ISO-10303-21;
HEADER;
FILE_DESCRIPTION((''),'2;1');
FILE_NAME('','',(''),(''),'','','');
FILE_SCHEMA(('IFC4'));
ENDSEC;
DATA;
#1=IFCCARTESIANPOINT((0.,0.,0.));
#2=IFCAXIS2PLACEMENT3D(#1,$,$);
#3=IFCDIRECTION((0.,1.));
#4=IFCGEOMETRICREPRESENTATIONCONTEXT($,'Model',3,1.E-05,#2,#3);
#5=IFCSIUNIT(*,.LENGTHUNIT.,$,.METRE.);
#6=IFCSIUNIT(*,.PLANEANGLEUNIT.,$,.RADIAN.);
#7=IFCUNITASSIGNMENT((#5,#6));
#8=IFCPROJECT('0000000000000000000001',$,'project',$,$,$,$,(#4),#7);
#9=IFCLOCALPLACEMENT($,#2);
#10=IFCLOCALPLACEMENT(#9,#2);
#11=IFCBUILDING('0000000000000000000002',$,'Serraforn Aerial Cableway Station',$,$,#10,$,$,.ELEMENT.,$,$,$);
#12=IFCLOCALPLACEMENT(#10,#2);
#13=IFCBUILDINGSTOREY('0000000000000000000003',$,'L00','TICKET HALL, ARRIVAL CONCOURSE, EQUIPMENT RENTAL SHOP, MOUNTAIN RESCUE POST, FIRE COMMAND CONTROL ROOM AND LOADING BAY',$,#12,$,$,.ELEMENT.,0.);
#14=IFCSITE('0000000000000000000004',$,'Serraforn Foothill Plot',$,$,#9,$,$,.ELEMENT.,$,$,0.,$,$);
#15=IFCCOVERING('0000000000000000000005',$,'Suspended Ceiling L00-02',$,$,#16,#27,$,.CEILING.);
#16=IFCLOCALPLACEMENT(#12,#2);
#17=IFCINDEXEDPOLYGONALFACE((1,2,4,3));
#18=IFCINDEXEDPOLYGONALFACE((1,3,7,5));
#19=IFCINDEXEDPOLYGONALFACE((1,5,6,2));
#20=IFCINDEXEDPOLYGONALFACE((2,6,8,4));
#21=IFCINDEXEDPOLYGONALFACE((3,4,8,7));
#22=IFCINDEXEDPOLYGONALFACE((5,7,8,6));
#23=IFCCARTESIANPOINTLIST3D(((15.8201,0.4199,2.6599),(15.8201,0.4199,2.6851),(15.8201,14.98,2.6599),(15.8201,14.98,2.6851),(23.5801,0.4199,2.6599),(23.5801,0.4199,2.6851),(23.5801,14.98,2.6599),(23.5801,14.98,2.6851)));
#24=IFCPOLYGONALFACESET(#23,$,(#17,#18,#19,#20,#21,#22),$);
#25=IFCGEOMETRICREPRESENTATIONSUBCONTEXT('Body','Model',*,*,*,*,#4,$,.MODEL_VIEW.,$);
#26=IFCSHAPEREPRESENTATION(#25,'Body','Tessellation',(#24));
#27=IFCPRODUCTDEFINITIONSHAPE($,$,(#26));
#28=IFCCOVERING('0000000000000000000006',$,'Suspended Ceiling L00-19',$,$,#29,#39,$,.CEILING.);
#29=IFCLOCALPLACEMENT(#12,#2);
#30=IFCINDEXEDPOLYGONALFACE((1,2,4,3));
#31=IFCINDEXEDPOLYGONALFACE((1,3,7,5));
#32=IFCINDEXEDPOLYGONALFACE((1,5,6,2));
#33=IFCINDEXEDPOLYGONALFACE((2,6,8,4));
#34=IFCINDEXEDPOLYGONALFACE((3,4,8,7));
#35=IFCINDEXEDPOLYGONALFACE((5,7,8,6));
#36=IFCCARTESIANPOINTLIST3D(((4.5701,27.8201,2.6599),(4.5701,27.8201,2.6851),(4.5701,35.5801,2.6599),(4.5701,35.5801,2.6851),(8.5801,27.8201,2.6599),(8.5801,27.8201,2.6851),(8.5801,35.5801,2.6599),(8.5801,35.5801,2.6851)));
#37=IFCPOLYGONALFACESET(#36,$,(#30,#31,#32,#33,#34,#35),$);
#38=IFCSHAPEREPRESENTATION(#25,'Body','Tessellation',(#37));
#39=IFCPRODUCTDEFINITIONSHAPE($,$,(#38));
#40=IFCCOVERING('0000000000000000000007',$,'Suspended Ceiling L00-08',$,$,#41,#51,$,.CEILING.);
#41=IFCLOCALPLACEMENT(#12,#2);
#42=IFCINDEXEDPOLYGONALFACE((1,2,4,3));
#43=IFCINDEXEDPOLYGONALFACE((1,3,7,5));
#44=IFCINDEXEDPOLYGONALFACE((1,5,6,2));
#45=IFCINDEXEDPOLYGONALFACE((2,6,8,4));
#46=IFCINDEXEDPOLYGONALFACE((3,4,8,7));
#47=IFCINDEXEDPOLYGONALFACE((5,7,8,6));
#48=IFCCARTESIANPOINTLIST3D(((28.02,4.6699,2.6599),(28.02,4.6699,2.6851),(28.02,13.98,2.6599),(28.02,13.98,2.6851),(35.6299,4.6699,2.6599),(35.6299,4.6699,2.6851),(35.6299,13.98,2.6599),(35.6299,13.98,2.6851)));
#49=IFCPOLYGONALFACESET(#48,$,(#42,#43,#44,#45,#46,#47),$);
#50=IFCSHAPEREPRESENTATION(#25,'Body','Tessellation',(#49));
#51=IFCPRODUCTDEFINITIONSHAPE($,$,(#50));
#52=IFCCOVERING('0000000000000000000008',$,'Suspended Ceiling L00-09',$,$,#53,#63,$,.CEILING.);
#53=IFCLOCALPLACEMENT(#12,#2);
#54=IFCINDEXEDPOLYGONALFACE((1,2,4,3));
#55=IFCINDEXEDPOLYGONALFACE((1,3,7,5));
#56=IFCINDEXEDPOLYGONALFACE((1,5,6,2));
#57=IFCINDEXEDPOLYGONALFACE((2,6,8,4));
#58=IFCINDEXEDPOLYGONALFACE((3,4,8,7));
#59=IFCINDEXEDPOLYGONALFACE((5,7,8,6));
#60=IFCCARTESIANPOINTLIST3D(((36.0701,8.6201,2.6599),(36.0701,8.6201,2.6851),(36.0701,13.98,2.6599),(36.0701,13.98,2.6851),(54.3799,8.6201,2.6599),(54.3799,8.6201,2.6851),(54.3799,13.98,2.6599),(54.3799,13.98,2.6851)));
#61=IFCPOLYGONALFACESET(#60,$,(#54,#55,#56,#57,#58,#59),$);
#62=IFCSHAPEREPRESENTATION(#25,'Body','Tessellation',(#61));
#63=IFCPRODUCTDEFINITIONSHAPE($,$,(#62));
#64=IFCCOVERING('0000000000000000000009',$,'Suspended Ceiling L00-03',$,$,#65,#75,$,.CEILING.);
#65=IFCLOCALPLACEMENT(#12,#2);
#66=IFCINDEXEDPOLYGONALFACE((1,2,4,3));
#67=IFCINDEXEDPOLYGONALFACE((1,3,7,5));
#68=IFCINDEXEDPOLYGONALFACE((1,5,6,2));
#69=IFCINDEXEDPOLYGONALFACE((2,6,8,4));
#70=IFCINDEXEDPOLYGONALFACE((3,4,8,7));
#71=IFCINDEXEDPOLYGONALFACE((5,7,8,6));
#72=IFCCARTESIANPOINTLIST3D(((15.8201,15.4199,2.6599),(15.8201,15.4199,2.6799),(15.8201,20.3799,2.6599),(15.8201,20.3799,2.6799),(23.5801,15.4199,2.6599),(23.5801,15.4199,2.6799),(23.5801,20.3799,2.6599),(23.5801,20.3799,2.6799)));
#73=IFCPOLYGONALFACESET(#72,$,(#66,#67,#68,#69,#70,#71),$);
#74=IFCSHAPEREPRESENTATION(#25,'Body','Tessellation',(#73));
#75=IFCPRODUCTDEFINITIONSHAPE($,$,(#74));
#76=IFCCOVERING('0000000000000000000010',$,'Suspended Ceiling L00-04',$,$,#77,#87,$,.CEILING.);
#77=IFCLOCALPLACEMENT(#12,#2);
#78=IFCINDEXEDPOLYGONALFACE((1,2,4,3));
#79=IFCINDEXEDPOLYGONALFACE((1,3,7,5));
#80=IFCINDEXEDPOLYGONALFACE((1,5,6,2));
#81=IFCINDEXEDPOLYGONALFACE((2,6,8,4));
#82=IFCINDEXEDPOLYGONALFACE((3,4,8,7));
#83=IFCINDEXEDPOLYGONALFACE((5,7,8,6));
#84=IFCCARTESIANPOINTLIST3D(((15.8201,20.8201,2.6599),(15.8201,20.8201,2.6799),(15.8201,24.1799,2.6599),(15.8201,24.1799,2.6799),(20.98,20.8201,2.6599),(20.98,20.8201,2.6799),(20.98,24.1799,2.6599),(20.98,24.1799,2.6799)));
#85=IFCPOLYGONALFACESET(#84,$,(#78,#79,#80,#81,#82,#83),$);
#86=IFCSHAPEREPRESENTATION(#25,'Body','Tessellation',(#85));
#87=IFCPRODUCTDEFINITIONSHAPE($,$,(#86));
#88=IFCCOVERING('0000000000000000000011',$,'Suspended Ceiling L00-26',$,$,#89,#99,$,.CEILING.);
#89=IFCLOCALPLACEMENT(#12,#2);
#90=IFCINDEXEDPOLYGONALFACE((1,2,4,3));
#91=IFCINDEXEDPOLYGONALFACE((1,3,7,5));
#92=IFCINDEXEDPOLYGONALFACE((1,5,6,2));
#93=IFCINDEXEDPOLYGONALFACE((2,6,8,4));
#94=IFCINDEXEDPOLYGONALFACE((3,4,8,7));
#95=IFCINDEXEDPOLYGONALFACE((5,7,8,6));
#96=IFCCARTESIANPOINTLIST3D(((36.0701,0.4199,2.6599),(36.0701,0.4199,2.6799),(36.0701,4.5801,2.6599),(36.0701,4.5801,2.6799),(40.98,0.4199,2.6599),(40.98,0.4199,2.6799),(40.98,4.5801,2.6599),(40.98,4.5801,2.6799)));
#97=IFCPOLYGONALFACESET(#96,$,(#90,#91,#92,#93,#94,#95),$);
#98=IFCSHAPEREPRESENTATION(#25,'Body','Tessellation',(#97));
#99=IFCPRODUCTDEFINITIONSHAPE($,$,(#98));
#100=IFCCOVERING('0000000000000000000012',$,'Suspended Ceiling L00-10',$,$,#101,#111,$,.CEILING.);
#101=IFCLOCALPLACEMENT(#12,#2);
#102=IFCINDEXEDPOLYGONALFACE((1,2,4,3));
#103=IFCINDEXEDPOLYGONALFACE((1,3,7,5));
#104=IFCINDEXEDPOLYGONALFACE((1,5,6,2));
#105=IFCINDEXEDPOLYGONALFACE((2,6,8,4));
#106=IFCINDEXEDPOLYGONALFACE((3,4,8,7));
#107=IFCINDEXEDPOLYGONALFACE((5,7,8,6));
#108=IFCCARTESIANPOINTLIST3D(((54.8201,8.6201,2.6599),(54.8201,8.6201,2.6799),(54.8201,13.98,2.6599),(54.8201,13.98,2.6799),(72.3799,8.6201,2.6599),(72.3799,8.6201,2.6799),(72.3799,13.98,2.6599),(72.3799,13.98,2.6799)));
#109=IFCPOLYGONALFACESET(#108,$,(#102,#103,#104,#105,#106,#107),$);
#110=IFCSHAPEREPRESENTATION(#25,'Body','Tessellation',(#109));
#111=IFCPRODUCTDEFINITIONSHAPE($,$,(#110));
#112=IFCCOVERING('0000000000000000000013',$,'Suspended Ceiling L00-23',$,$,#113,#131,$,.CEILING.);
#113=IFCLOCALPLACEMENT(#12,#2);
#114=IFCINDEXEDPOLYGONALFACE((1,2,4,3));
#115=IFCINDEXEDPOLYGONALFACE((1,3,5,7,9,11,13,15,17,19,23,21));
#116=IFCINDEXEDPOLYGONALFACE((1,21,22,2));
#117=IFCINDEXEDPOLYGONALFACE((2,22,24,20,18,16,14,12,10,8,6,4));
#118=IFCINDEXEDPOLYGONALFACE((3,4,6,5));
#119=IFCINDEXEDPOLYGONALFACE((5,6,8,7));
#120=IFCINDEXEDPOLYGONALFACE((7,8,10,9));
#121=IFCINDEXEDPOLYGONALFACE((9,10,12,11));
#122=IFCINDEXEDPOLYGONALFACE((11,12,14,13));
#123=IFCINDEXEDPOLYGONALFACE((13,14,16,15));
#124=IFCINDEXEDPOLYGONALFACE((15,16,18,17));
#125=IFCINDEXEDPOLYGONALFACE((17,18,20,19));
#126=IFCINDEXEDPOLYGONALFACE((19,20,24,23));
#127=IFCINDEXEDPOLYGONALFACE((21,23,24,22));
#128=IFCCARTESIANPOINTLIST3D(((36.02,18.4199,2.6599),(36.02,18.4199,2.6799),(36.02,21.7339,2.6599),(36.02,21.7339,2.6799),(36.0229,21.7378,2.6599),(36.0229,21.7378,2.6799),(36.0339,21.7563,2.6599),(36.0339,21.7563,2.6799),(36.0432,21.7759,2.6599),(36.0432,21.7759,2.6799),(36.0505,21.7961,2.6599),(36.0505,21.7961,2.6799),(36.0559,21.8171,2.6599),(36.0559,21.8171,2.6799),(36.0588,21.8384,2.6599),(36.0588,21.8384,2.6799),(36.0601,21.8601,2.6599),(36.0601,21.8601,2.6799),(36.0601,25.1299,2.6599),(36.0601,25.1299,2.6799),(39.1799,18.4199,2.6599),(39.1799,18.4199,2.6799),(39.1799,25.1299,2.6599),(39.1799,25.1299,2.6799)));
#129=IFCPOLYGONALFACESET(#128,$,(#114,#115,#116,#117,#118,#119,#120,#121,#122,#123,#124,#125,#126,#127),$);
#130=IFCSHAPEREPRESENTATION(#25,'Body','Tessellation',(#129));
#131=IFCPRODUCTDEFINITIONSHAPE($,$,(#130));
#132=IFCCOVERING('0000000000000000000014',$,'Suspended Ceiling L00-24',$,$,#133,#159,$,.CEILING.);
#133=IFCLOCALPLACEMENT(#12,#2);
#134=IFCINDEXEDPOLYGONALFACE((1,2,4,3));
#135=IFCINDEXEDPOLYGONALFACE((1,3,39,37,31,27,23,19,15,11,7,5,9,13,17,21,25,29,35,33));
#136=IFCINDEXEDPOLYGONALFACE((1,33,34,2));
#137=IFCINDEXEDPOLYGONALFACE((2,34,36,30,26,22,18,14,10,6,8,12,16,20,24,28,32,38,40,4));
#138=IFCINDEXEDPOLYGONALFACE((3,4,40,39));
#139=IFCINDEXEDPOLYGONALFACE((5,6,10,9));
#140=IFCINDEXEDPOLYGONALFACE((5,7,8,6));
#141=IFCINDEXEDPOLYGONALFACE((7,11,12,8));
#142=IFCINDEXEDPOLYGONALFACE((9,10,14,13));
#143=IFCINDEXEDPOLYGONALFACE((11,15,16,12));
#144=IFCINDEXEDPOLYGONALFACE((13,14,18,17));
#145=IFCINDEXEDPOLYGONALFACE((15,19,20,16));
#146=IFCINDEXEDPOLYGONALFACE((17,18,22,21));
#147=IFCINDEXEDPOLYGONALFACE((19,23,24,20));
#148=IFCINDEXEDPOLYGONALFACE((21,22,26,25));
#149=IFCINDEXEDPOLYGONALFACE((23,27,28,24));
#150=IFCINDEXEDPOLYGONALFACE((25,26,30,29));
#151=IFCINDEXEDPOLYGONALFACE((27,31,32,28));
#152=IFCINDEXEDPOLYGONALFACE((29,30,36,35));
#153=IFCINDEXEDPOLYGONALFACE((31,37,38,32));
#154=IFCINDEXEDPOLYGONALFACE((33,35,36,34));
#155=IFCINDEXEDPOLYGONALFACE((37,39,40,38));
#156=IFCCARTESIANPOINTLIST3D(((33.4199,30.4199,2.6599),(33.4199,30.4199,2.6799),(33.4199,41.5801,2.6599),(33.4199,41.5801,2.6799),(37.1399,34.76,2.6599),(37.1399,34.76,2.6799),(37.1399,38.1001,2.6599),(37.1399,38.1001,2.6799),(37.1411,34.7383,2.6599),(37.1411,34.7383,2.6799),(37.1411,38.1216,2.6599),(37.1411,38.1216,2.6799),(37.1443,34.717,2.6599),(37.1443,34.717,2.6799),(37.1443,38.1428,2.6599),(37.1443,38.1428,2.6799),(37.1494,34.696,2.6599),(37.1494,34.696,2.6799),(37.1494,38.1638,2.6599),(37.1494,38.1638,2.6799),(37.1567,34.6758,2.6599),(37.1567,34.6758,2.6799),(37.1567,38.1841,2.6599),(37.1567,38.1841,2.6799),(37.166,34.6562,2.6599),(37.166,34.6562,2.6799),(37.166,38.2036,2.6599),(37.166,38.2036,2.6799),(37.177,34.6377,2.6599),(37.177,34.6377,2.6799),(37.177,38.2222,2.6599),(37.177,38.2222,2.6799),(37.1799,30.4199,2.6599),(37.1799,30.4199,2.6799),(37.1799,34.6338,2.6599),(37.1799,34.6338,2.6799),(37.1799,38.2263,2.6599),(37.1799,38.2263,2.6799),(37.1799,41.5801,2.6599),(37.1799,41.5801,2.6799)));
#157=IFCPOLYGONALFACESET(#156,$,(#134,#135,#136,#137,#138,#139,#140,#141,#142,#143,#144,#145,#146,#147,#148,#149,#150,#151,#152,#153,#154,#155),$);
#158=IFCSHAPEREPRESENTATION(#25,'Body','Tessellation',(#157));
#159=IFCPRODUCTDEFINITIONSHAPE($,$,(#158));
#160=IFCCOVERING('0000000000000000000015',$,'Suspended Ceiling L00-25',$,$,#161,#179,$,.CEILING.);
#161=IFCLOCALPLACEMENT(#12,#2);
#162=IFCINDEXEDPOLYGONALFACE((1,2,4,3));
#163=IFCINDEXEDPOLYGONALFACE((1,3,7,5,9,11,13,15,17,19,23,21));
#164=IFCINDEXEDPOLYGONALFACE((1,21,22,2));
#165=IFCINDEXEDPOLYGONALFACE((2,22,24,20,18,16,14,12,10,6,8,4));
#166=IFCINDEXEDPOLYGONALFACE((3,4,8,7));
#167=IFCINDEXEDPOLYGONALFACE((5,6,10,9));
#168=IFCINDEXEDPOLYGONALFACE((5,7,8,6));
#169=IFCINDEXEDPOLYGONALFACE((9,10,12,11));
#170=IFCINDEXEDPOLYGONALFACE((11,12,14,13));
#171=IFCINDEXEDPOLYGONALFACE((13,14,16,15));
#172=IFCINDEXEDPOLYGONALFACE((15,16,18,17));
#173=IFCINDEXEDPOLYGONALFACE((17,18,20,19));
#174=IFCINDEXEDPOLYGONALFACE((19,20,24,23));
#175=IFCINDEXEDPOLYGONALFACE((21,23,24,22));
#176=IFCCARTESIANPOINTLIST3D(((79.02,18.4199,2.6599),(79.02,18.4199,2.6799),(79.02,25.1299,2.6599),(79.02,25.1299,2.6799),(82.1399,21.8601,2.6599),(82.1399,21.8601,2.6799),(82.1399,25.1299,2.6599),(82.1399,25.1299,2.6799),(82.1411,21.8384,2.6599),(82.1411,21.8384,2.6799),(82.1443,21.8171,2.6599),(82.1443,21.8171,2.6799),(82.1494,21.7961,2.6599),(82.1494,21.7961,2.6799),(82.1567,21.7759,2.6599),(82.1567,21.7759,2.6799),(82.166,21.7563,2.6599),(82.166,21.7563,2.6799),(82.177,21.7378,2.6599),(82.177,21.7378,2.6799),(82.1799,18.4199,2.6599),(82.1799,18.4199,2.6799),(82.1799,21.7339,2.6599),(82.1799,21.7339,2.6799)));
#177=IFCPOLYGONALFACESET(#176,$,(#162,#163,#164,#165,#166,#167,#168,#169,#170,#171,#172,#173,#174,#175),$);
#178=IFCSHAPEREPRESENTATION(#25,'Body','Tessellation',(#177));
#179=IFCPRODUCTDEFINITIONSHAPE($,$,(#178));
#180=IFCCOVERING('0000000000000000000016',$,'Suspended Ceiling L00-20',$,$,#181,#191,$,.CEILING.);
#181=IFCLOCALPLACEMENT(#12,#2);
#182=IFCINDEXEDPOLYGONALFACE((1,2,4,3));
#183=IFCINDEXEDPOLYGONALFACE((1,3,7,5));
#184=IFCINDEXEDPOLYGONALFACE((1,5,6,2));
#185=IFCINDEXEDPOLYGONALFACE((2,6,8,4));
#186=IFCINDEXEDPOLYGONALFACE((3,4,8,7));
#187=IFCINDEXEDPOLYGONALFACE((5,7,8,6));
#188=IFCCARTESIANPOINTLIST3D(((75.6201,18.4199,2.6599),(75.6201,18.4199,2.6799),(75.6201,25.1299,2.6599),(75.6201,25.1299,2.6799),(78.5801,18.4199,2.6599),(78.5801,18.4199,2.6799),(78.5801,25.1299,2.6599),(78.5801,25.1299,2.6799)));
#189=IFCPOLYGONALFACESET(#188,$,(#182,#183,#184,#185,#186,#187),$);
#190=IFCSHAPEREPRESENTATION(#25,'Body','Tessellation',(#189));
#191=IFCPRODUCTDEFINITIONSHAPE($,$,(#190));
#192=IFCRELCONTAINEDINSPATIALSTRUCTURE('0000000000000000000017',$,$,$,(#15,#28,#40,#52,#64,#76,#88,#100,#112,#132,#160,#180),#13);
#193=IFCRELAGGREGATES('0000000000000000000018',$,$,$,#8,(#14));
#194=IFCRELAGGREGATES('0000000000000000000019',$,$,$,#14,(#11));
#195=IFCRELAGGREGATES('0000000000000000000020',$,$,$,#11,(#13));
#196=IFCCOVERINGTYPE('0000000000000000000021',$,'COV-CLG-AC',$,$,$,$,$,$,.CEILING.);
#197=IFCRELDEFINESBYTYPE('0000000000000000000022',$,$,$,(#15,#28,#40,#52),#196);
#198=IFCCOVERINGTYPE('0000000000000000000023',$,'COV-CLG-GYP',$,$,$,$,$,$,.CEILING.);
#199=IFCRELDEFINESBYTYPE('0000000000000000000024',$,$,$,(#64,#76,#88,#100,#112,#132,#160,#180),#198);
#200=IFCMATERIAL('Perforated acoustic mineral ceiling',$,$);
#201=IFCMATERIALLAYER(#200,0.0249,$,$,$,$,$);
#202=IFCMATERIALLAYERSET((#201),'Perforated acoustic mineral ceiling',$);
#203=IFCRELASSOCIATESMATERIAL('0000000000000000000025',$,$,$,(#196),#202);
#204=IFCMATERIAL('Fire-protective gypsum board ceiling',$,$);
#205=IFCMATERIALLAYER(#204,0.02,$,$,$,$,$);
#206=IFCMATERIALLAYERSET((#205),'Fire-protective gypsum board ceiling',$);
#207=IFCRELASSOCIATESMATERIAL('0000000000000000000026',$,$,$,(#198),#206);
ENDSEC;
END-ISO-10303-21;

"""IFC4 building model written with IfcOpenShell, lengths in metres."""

from ifc_helpers import new_model, si_unit, direction, frame, origin, place, context, subcontext, project, spatial, polyline, outline, extrude, material, layer, layer_set, type_object, element, save


model = new_model("IFC4")

# Units and contexts
model_context = context("Model", 3, precision=1e-05, world=origin(), true_north=direction((0.0, 1.0)))
body_context = subcontext(model_context, "Body", "Model", "MODEL_VIEW")
ifc_project = project(units=[si_unit("LENGTHUNIT", "METRE"), si_unit("PLANEANGLEUNIT", "RADIAN")], contexts=[model_context])

# Site, building, storey
site_placement = place(None, origin())
site = spatial("IfcSite", under=ifc_project, at=site_placement, Name="Serraforn Foothill Plot", CompositionType="ELEMENT", RefElevation=0.0)
building_placement = place(site_placement, origin())
building = spatial("IfcBuilding", under=site, at=building_placement, Name="Serraforn Aerial Cableway Station", CompositionType="ELEMENT")
storey_placement = place(building_placement, origin())
storey = spatial("IfcBuildingStorey", under=building, at=storey_placement, Name="L00", Description="TICKET HALL, ARRIVAL CONCOURSE, EQUIPMENT RENTAL SHOP, MOUNTAIN RESCUE POST, FIRE COMMAND CONTROL ROOM AND LOADING BAY", CompositionType="ELEMENT", Elevation=0.0)

# Coverings
ifc_material_1 = material(Name="Perforated acoustic mineral ceiling")
ifc_layer_1 = layer(ifc_material_1, 0.0249)
ifc_layer_set_1 = layer_set([ifc_layer_1], Name="Perforated acoustic mineral ceiling")
covering_type_1 = type_object("IfcCoveringType", Name="COV-CLG-AC", PredefinedType="CEILING", material=ifc_layer_set_1)
covering_1_placement = place(storey_placement, frame((0.0, 0.0, 2.6599)))
element("IfcCovering", 1, at=covering_1_placement, inside=storey, type_object=covering_type_1, Name="Suspended Ceiling L00-02", PredefinedType="CEILING", context=body_context, shape_type="SweptSolid", body=[
    extrude(outline(polyline([(15.8201, 0.4199), (15.8201, 14.98), (23.5801, 14.98), (23.5801, 0.4199), (15.8201, 0.4199)])), origin(), (0.0, 0.0, 1.0), 0.0251),
])
covering_2_placement = place(storey_placement, frame((0.0, 0.0, 2.6599)))
element("IfcCovering", 2, at=covering_2_placement, inside=storey, type_object=covering_type_1, Name="Suspended Ceiling L00-19", PredefinedType="CEILING", context=body_context, shape_type="SweptSolid", body=[
    extrude(outline(polyline([(4.5701, 27.8201), (4.5701, 35.5801), (8.5801, 35.5801), (8.5801, 27.8201), (4.5701, 27.8201)])), origin(), (0.0, 0.0, 1.0), 0.0251),
])
covering_3_placement = place(storey_placement, frame((0.0, 0.0, 2.6599)))
element("IfcCovering", 3, at=covering_3_placement, inside=storey, type_object=covering_type_1, Name="Suspended Ceiling L00-08", PredefinedType="CEILING", context=body_context, shape_type="SweptSolid", body=[
    extrude(outline(polyline([(28.02, 4.6699), (28.02, 13.98), (35.6299, 13.98), (35.6299, 4.6699), (28.02, 4.6699)])), origin(), (0.0, 0.0, 1.0), 0.0251),
])
covering_4_placement = place(storey_placement, frame((0.0, 0.0, 2.6599)))
element("IfcCovering", 4, at=covering_4_placement, inside=storey, type_object=covering_type_1, Name="Suspended Ceiling L00-09", PredefinedType="CEILING", context=body_context, shape_type="SweptSolid", body=[
    extrude(outline(polyline([(36.0701, 8.6201), (36.0701, 13.98), (54.3799, 13.98), (54.3799, 8.6201), (36.0701, 8.6201)])), origin(), (0.0, 0.0, 1.0), 0.0251),
])
ifc_material_2 = material(Name="Fire-protective gypsum board ceiling")
ifc_layer_2 = layer(ifc_material_2, 0.02)
ifc_layer_set_2 = layer_set([ifc_layer_2], Name="Fire-protective gypsum board ceiling")
covering_type_2 = type_object("IfcCoveringType", Name="COV-CLG-GYP", PredefinedType="CEILING", material=ifc_layer_set_2)
covering_5_placement = place(storey_placement, frame((0.0, 0.0, 2.6599)))
element("IfcCovering", 5, at=covering_5_placement, inside=storey, type_object=covering_type_2, Name="Suspended Ceiling L00-03", PredefinedType="CEILING", context=body_context, shape_type="SweptSolid", body=[
    extrude(outline(polyline([(15.8201, 15.4199), (15.8201, 20.3799), (23.5801, 20.3799), (23.5801, 15.4199), (15.8201, 15.4199)])), origin(), (0.0, 0.0, 1.0), 0.02),
])
covering_6_placement = place(storey_placement, frame((0.0, 0.0, 2.6599)))
element("IfcCovering", 6, at=covering_6_placement, inside=storey, type_object=covering_type_2, Name="Suspended Ceiling L00-04", PredefinedType="CEILING", context=body_context, shape_type="SweptSolid", body=[
    extrude(outline(polyline([(15.8201, 20.8201), (15.8201, 24.1799), (20.98, 24.1799), (20.98, 20.8201), (15.8201, 20.8201)])), origin(), (0.0, 0.0, 1.0), 0.02),
])
covering_7_placement = place(storey_placement, frame((0.0, 0.0, 2.6599)))
element("IfcCovering", 7, at=covering_7_placement, inside=storey, type_object=covering_type_2, Name="Suspended Ceiling L00-26", PredefinedType="CEILING", context=body_context, shape_type="SweptSolid", body=[
    extrude(outline(polyline([(36.0701, 0.4199), (36.0701, 4.5801), (40.98, 4.5801), (40.98, 0.4199), (36.0701, 0.4199)])), origin(), (0.0, 0.0, 1.0), 0.02),
])
covering_8_placement = place(storey_placement, frame((0.0, 0.0, 2.6599)))
element("IfcCovering", 8, at=covering_8_placement, inside=storey, type_object=covering_type_2, Name="Suspended Ceiling L00-10", PredefinedType="CEILING", context=body_context, shape_type="SweptSolid", body=[
    extrude(outline(polyline([(54.8201, 8.6201), (54.8201, 13.98), (72.3799, 13.98), (72.3799, 8.6201), (54.8201, 8.6201)])), origin(), (0.0, 0.0, 1.0), 0.02),
])
covering_9_placement = place(storey_placement, frame((0.0, 0.0, 2.6599)))
element("IfcCovering", 9, at=covering_9_placement, inside=storey, type_object=covering_type_2, Name="Suspended Ceiling L00-23", PredefinedType="CEILING", context=body_context, shape_type="SweptSolid", body=[
    extrude(outline(polyline([(36.0601, 25.1299), (39.1799, 25.1299), (39.1799, 18.4199), (36.02, 18.4199), (36.02, 21.7339), (36.0229, 21.7378), (36.0339, 21.7563), (36.0432, 21.7759), (36.0505, 21.7961), (36.0559, 21.8171), (36.0588, 21.8384), (36.0601, 21.8601), (36.0601, 25.1299)])), origin(), (0.0, 0.0, 1.0), 0.02),
])
covering_10_placement = place(storey_placement, frame((0.0, 0.0, 2.6599)))
element("IfcCovering", 10, at=covering_10_placement, inside=storey, type_object=covering_type_2, Name="Suspended Ceiling L00-24", PredefinedType="CEILING", context=body_context, shape_type="SweptSolid", body=[
    extrude(outline(polyline([(37.1799, 30.4199), (33.4199, 30.4199), (33.4199, 41.5801), (37.1799, 41.5801), (37.1799, 38.2263), (37.177, 38.2222), (37.166, 38.2036), (37.1567, 38.1841), (37.1494, 38.1638), (37.1443, 38.1428), (37.1411, 38.1216), (37.1399, 38.1001), (37.1399, 34.76), (37.1411, 34.7383), (37.1443, 34.717), (37.1494, 34.696), (37.1567, 34.6758), (37.166, 34.6562), (37.177, 34.6377), (37.1799, 34.6338), (37.1799, 30.4199)])), origin(), (0.0, 0.0, 1.0), 0.02),
])
covering_11_placement = place(storey_placement, frame((0.0, 0.0, 2.6599)))
element("IfcCovering", 11, at=covering_11_placement, inside=storey, type_object=covering_type_2, Name="Suspended Ceiling L00-25", PredefinedType="CEILING", context=body_context, shape_type="SweptSolid", body=[
    extrude(outline(polyline([(82.1399, 25.1299), (82.1399, 21.8601), (82.1411, 21.8384), (82.1443, 21.8171), (82.1494, 21.7961), (82.1567, 21.7759), (82.166, 21.7563), (82.177, 21.7378), (82.1799, 21.7339), (82.1799, 18.4199), (79.02, 18.4199), (79.02, 25.1299), (82.1399, 25.1299)])), origin(), (0.0, 0.0, 1.0), 0.02),
])
covering_12_placement = place(storey_placement, frame((0.0, 0.0, 2.6599)))
element("IfcCovering", 12, at=covering_12_placement, inside=storey, type_object=covering_type_2, Name="Suspended Ceiling L00-20", PredefinedType="CEILING", context=body_context, shape_type="SweptSolid", body=[
    extrude(outline(polyline([(75.6201, 18.4199), (75.6201, 25.1299), (78.5801, 25.1299), (78.5801, 18.4199), (75.6201, 18.4199)])), origin(), (0.0, 0.0, 1.0), 0.02),
])

save(model, "model.ifc")
